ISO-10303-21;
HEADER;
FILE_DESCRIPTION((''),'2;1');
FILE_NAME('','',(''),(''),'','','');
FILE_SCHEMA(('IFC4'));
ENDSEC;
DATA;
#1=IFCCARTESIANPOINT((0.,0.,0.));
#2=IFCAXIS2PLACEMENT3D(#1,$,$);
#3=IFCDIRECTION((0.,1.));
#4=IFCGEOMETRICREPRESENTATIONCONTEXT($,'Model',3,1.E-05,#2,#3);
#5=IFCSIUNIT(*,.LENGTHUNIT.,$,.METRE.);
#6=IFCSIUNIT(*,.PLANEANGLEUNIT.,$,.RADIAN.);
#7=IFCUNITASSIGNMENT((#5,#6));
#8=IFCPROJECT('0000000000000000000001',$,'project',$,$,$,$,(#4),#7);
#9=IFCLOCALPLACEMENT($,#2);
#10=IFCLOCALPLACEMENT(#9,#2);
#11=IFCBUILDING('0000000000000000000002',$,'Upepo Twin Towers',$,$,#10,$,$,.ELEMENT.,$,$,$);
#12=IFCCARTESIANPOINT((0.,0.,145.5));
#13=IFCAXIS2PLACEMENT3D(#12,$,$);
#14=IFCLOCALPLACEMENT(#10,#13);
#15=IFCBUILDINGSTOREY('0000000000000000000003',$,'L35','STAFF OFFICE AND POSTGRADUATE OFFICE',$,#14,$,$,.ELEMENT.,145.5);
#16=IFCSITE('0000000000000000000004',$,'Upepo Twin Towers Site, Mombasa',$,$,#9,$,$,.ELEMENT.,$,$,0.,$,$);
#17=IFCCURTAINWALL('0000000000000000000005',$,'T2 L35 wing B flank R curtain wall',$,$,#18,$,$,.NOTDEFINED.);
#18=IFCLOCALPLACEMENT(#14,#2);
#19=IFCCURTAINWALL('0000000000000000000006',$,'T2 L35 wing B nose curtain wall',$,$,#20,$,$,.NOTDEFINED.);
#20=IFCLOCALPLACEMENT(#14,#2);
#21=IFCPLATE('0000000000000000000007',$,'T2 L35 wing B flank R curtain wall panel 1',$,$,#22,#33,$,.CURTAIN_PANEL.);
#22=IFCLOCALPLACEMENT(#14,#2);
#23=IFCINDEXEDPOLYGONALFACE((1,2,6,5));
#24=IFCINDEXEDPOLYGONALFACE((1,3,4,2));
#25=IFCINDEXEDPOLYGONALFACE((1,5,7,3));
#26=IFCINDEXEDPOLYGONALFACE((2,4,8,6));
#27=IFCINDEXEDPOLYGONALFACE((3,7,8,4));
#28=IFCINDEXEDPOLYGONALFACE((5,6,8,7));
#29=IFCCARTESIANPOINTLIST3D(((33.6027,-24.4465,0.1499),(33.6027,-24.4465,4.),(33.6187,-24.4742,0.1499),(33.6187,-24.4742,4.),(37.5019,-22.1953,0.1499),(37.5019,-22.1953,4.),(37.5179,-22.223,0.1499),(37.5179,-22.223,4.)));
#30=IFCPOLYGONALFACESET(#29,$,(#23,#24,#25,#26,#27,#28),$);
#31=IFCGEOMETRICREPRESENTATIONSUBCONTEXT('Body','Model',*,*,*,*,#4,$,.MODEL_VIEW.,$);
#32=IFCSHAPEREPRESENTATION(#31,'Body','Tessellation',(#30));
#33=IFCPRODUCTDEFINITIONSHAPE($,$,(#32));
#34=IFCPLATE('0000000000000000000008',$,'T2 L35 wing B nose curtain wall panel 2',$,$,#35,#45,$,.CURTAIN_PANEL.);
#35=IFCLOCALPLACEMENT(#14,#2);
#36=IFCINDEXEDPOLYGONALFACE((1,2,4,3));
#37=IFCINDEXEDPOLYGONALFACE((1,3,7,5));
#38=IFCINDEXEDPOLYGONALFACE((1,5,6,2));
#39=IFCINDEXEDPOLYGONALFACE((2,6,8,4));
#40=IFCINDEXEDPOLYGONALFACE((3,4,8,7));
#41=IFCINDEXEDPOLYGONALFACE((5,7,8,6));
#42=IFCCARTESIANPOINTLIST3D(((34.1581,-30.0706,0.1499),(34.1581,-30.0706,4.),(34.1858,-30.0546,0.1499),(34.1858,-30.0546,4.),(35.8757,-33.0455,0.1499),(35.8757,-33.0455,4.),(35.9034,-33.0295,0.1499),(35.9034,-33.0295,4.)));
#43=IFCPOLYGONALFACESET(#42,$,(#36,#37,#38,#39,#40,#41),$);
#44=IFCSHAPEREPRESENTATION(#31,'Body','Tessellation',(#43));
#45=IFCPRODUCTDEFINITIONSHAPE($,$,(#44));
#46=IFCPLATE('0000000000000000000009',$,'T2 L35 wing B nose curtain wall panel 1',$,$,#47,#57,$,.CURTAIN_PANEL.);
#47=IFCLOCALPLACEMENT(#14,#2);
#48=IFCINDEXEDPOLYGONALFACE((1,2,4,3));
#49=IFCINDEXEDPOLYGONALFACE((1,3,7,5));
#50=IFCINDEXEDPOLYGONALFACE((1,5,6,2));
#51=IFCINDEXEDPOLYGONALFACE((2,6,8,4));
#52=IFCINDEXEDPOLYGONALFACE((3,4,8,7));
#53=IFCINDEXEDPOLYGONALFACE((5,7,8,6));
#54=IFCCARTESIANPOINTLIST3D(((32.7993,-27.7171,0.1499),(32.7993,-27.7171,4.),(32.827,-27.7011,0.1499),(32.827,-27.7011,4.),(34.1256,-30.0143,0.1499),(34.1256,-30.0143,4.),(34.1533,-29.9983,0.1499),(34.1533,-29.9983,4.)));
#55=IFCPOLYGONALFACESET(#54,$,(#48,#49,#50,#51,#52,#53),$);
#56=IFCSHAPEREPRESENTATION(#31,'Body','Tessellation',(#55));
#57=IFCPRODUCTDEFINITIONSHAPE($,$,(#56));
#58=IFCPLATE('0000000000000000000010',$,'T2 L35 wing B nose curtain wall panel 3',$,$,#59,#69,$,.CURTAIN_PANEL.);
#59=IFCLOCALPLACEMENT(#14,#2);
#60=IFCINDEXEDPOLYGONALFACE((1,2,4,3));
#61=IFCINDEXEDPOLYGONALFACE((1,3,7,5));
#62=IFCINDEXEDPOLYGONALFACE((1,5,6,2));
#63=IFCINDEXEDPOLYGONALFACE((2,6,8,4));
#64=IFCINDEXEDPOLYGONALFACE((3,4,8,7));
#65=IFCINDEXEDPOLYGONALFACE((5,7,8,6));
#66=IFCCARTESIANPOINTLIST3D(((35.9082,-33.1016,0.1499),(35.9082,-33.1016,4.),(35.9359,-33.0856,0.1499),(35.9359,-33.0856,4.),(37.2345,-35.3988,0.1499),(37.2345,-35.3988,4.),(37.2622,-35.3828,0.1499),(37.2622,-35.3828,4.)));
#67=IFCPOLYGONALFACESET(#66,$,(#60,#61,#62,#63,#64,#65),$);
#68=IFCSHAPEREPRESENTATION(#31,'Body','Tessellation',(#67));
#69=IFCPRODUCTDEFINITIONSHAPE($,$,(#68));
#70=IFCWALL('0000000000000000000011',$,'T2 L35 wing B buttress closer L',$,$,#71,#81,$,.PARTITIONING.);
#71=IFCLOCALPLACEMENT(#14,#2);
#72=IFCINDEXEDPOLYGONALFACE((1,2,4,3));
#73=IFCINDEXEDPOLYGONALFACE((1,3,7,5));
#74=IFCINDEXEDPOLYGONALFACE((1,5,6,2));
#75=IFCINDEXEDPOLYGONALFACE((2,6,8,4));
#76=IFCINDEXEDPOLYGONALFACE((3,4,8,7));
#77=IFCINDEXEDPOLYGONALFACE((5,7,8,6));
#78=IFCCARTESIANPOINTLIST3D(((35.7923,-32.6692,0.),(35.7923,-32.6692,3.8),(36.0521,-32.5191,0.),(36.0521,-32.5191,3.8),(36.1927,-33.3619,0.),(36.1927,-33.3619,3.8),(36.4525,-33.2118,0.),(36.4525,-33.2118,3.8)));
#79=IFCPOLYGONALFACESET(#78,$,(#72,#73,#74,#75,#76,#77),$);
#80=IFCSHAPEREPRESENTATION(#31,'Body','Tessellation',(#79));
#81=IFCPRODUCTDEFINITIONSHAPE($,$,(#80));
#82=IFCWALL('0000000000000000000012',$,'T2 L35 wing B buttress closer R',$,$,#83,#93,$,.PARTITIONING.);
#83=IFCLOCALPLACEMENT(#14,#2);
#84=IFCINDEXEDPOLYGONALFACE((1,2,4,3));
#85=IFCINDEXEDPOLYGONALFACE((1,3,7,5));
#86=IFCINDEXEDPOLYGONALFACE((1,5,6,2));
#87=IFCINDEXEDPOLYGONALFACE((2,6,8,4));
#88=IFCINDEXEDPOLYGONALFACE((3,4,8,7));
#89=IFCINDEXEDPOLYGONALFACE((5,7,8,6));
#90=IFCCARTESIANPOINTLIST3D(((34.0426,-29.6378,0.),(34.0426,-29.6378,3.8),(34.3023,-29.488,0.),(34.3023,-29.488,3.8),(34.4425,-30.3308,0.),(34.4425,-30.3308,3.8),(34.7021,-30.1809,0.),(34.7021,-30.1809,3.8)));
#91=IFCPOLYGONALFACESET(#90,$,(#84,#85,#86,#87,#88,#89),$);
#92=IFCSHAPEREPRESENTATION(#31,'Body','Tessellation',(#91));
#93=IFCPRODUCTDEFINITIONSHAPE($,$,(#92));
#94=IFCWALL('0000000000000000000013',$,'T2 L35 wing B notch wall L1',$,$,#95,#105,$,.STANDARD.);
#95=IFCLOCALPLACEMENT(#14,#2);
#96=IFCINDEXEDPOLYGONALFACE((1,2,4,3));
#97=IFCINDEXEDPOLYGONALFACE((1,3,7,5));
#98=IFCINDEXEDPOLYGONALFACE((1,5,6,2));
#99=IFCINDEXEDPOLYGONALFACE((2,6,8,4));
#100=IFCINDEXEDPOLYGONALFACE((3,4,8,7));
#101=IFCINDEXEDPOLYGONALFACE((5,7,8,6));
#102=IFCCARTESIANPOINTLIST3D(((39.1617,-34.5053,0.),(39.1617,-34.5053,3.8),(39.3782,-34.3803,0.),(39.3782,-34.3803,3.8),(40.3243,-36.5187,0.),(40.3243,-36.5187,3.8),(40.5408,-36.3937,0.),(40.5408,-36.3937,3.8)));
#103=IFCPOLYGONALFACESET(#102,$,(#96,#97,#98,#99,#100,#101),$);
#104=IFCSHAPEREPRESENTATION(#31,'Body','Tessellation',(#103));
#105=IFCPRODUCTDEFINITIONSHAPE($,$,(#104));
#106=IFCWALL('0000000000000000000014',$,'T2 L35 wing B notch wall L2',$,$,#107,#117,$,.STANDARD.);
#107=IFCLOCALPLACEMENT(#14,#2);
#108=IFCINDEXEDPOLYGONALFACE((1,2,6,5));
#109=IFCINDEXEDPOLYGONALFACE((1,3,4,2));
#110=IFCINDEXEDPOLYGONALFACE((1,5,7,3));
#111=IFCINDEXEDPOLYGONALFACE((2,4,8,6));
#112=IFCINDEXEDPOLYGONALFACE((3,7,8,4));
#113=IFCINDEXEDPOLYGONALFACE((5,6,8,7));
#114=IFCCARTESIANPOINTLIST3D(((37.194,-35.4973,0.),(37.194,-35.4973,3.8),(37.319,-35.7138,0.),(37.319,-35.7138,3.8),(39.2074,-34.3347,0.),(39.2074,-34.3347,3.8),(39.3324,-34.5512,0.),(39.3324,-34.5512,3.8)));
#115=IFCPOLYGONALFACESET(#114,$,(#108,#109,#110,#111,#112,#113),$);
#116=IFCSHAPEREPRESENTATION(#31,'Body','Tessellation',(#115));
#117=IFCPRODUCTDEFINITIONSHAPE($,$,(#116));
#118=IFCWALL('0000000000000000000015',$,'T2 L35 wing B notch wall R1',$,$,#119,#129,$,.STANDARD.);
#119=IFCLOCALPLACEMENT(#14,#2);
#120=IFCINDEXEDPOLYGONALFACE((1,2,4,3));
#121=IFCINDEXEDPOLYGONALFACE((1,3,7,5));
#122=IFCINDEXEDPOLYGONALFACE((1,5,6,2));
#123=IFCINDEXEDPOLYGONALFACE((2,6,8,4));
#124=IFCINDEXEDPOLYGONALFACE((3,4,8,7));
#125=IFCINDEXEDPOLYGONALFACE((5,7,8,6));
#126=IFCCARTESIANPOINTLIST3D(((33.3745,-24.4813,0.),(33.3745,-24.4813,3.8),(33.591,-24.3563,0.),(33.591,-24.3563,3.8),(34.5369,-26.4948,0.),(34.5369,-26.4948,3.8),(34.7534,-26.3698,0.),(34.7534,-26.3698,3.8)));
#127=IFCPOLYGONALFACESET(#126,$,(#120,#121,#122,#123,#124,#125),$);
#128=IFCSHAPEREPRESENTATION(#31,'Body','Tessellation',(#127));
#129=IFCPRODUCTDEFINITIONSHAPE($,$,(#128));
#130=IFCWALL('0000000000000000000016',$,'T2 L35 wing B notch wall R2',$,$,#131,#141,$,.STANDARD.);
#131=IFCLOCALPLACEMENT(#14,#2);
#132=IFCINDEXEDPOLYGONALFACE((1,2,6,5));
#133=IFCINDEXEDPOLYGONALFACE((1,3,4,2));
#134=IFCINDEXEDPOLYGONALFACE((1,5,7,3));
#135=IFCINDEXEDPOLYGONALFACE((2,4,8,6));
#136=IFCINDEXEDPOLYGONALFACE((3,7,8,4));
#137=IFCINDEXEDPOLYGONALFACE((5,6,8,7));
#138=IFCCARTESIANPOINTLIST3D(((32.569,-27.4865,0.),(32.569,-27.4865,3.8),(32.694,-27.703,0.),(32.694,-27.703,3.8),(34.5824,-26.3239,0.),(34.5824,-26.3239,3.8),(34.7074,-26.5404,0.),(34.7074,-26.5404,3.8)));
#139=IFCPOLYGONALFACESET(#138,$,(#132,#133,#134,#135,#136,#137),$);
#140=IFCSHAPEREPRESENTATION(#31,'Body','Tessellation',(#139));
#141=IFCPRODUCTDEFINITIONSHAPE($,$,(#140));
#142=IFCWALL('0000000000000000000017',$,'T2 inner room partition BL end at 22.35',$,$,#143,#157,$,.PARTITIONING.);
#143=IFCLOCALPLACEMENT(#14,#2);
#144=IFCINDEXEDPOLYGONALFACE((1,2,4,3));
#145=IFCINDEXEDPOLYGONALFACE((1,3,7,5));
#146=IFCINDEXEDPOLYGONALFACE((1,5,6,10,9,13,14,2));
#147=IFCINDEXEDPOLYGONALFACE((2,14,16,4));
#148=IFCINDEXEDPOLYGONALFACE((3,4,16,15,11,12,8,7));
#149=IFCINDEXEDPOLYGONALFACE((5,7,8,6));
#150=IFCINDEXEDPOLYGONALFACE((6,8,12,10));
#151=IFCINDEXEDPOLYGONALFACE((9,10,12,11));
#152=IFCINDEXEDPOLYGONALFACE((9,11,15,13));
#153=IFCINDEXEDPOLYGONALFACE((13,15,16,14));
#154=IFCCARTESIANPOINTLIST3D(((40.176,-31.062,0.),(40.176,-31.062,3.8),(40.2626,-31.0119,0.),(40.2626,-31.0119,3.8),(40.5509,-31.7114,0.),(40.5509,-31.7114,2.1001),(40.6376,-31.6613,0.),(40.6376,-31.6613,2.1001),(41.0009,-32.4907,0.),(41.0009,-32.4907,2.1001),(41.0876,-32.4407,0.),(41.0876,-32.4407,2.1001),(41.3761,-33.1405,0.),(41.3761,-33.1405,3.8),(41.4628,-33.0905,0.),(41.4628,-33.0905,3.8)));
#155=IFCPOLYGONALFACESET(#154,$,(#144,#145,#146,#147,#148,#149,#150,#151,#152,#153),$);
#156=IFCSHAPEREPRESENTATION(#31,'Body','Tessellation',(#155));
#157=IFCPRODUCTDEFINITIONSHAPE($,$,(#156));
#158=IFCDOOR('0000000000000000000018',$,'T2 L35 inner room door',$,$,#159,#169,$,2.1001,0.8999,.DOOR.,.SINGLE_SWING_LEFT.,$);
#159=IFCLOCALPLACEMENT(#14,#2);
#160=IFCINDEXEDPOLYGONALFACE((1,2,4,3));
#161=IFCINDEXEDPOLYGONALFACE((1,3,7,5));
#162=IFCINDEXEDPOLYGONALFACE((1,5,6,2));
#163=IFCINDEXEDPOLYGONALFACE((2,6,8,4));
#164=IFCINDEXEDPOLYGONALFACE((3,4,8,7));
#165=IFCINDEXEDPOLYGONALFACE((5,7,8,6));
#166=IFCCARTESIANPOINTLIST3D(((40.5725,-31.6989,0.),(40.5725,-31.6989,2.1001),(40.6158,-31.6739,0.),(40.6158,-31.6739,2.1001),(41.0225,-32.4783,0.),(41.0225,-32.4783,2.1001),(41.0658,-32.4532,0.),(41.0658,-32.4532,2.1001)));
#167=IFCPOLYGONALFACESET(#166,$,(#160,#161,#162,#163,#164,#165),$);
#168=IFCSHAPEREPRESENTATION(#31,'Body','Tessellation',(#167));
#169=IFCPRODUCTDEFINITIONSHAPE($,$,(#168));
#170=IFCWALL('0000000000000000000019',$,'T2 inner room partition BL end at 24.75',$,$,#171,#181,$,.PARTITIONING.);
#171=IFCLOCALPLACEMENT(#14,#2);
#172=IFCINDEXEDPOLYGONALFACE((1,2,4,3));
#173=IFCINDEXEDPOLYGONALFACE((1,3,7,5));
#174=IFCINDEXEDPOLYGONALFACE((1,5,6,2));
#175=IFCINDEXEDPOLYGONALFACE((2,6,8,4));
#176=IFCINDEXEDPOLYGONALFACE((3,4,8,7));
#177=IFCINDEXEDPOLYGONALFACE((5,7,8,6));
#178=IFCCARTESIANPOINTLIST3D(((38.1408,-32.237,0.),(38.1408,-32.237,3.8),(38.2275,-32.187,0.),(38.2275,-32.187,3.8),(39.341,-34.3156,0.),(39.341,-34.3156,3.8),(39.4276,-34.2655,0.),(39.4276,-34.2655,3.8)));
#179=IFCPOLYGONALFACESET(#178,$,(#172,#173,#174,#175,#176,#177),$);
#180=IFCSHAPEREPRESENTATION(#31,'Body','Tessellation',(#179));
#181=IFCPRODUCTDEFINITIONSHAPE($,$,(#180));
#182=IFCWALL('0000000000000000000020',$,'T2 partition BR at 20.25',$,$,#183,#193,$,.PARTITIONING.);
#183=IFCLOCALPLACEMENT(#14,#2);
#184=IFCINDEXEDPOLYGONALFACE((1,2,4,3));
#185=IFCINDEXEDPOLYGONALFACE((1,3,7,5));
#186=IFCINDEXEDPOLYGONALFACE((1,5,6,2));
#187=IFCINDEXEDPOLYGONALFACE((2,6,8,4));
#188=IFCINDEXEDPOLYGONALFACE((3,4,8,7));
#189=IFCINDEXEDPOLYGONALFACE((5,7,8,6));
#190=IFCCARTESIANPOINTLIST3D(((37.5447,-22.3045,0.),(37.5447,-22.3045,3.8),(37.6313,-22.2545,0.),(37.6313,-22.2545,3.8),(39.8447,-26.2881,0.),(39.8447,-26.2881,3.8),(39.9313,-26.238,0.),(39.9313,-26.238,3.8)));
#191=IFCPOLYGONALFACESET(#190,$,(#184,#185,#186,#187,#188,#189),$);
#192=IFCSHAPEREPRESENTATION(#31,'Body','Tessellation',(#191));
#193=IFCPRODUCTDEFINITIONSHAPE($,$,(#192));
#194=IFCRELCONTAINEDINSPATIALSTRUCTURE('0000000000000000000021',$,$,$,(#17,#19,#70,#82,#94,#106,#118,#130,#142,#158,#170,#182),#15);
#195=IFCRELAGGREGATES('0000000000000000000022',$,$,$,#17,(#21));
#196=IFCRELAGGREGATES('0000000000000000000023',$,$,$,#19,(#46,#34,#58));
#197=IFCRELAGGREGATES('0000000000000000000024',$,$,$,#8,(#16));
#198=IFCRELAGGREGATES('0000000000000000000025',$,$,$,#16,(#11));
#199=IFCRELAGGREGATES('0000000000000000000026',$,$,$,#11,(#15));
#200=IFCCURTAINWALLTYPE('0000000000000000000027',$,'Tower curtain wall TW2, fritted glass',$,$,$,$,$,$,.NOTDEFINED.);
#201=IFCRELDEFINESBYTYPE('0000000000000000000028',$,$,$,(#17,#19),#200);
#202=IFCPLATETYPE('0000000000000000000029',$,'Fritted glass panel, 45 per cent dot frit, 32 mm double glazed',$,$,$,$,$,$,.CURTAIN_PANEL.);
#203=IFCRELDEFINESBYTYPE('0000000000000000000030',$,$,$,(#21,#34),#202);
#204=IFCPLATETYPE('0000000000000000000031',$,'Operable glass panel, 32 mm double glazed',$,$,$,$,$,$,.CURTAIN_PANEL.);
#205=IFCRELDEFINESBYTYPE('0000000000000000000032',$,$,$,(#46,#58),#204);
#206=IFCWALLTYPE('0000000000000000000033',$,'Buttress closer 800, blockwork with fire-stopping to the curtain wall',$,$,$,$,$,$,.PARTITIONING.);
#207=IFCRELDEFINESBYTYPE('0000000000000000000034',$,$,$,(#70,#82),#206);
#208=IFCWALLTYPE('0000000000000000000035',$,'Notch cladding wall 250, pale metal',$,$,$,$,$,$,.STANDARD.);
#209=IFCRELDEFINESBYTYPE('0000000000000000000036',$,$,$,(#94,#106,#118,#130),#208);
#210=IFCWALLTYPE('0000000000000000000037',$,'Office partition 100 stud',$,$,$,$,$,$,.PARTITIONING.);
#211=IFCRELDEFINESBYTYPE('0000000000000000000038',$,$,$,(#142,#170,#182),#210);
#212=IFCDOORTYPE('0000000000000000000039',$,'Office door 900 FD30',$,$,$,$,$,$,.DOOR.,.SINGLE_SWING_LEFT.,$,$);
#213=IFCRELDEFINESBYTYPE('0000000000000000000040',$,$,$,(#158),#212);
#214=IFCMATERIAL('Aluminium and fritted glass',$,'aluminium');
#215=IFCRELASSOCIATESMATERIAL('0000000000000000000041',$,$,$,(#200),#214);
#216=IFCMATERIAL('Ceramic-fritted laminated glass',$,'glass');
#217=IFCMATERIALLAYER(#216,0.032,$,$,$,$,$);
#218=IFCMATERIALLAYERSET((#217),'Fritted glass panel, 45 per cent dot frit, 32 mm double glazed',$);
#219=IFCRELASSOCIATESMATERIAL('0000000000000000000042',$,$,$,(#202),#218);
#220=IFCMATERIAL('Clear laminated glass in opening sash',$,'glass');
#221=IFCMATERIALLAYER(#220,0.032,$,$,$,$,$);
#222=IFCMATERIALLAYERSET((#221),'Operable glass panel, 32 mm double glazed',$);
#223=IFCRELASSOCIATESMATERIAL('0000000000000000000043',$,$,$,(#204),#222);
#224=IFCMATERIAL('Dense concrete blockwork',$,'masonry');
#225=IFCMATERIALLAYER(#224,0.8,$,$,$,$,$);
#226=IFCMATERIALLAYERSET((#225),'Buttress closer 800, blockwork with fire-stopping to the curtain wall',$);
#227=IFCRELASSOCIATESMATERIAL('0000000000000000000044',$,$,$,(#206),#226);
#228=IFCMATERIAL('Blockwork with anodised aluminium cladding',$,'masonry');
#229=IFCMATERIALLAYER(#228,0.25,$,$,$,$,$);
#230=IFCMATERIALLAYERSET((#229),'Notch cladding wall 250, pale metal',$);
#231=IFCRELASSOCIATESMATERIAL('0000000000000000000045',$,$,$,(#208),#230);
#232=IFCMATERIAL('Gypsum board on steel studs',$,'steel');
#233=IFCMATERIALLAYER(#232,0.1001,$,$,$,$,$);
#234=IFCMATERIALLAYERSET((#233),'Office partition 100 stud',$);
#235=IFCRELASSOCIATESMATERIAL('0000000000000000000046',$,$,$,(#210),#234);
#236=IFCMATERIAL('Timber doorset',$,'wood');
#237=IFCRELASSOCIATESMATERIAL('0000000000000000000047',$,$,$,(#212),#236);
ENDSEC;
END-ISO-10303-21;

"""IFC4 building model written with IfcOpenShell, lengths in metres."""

from ifc_helpers import new_model, si_unit, direction, frame, frame_2d, origin, origin_2d, place, context, subcontext, project, spatial, rectangle, extrude, material, layer, layer_set, type_object, element, fill, aggregate, save


model = new_model("IFC4")

# Units and contexts
model_context = context("Model", 3, precision=1e-05, world=origin(), true_north=direction((0.0, 1.0)))
body_context = subcontext(model_context, "Body", "Model", "MODEL_VIEW")
ifc_project = project(units=[si_unit("LENGTHUNIT", "METRE"), si_unit("PLANEANGLEUNIT", "RADIAN")], contexts=[model_context])

# Site, building, storey
site_placement = place(None, origin())
site = spatial("IfcSite", under=ifc_project, at=site_placement, Name="Upepo Twin Towers Site, Mombasa", CompositionType="ELEMENT", RefElevation=0.0)
building_placement = place(site_placement, origin())
building = spatial("IfcBuilding", under=site, at=building_placement, Name="Upepo Twin Towers", CompositionType="ELEMENT")
storey_placement = place(building_placement, frame((0.0, 0.0, 145.5)))
storey = spatial("IfcBuildingStorey", under=building, at=storey_placement, Name="L35", Description="STAFF OFFICE AND POSTGRADUATE OFFICE", CompositionType="ELEMENT", Elevation=145.5)

# Curtain wall
ifc_material_1 = material(Name="Aluminium and fritted glass", Category="aluminium")
curtain_wall_type = type_object("IfcCurtainWallType", Name="Tower curtain wall TW2, fritted glass", PredefinedType="NOTDEFINED", material=ifc_material_1)
curtain_wall_1_placement = place(storey_placement, origin())
curtain_wall_1 = element("IfcCurtainWall", 1, at=curtain_wall_1_placement, inside=storey, type_object=curtain_wall_type, Name="T2 L35 wing B flank R curtain wall", PredefinedType="NOTDEFINED")

# Curtain wall
curtain_wall_2_placement = place(storey_placement, origin())
curtain_wall_2 = element("IfcCurtainWall", 2, at=curtain_wall_2_placement, inside=storey, type_object=curtain_wall_type, Name="T2 L35 wing B nose curtain wall", PredefinedType="NOTDEFINED")

# Plates
ifc_material_2 = material(Name="Ceramic-fritted laminated glass", Category="glass")
ifc_layer_1 = layer(ifc_material_2, 0.032)
ifc_layer_set_1 = layer_set([ifc_layer_1], Name="Fritted glass panel, 45 per cent dot frit, 32 mm double glazed")
plate_type_1 = type_object("IfcPlateType", Name="Fritted glass panel, 45 per cent dot frit, 32 mm double glazed", PredefinedType="CURTAIN_PANEL", material=ifc_layer_set_1)
plate_1_placement = place(storey_placement, frame((35.5603, -23.3347, 0.1499), z_axis=(0.0, 0.0, 1.0), x_axis=(0.866025, 0.5, 0.0)))
plate_1 = element("IfcPlate", 3, at=plate_1_placement, type_object=plate_type_1, Name="T2 L35 wing B flank R curtain wall panel 1", PredefinedType="CURTAIN_PANEL", context=body_context, shape_type="SweptSolid", body=[
    extrude(rectangle(XDim=4.5024, YDim=0.032, at=origin_2d()), origin(), (0.0, 0.0, 1.0), 3.8501),
])
aggregate(curtain_wall_1, [plate_1])
plate_2_placement = place(storey_placement, frame((35.0308, -31.55, 0.1499), z_axis=(0.0, 0.0, 1.0), x_axis=(0.5, -0.866025, 0.0)))
plate_2 = element("IfcPlate", 4, at=plate_2_placement, type_object=plate_type_1, Name="T2 L35 wing B nose curtain wall panel 2", PredefinedType="CURTAIN_PANEL", context=body_context, shape_type="SweptSolid", body=[
    extrude(rectangle(XDim=3.4351, YDim=0.032, at=origin_2d()), origin(), (0.0, 0.0, 1.0), 3.8501),
])
ifc_material_3 = material(Name="Clear laminated glass in opening sash", Category="glass")
ifc_layer_2 = layer(ifc_material_3, 0.032)
ifc_layer_set_2 = layer_set([ifc_layer_2], Name="Operable glass panel, 32 mm double glazed")
plate_type_2 = type_object("IfcPlateType", Name="Operable glass panel, 32 mm double glazed", PredefinedType="CURTAIN_PANEL", material=ifc_layer_set_2)
plate_3_placement = place(storey_placement, frame((33.4763, -28.8577, 0.1499), z_axis=(0.0, 0.0, 1.0), x_axis=(0.5, -0.866025, 0.0)))
plate_3 = element("IfcPlate", 5, at=plate_3_placement, type_object=plate_type_2, Name="T2 L35 wing B nose curtain wall panel 1", PredefinedType="CURTAIN_PANEL", context=body_context, shape_type="SweptSolid", body=[
    extrude(rectangle(XDim=2.6526, YDim=0.032, at=origin_2d()), origin(), (0.0, 0.0, 1.0), 3.8501),
])
plate_4_placement = place(storey_placement, frame((36.5852, -34.2422, 0.1499), z_axis=(0.0, 0.0, 1.0), x_axis=(0.5, -0.866025, 0.0)))
plate_4 = element("IfcPlate", 6, at=plate_4_placement, type_object=plate_type_2, Name="T2 L35 wing B nose curtain wall panel 3", PredefinedType="CURTAIN_PANEL", context=body_context, shape_type="SweptSolid", body=[
    extrude(rectangle(XDim=2.6526, YDim=0.032, at=origin_2d()), origin(), (0.0, 0.0, 1.0), 3.8501),
])
aggregate(curtain_wall_2, [plate_3, plate_2, plate_4])

# Walls
ifc_material_4 = material(Name="Dense concrete blockwork", Category="masonry")
ifc_layer_3 = layer(ifc_material_4, 0.8)
ifc_layer_set_3 = layer_set([ifc_layer_3], Name="Buttress closer 800, blockwork with fire-stopping to the curtain wall")
wall_type_1 = type_object("IfcWallType", Name="Buttress closer 800, blockwork with fire-stopping to the curtain wall", PredefinedType="PARTITIONING", material=ifc_layer_set_3)
wall_1_placement = place(storey_placement, frame((36.2522, -32.8655, 0.0), z_axis=(0.0, 0.0, 1.0), x_axis=(-0.865779, -0.500427, 0.0)))
element("IfcWall", 7, at=wall_1_placement, inside=storey, type_object=wall_type_1, Name="T2 L35 wing B buttress closer L", PredefinedType="PARTITIONING", context=body_context, shape_type="SweptSolid", body=[
    extrude(rectangle(XDim=0.3, YDim=0.8, at=frame_2d((0.1499, 0.0))), origin(), (0.0, 0.0, 1.0), 3.8),
])
wall_2_placement = place(storey_placement, frame((34.5022, -29.8345, 0.0), z_axis=(0.0, 0.0, 1.0), x_axis=(-0.866131, -0.499816, 0.0)))
element("IfcWall", 8, at=wall_2_placement, inside=storey, type_object=wall_type_1, Name="T2 L35 wing B buttress closer R", PredefinedType="PARTITIONING", context=body_context, shape_type="SweptSolid", body=[
    extrude(rectangle(XDim=0.2998, YDim=0.8, at=frame_2d((0.1499, 0.0))), origin(), (0.0, 0.0, 1.0), 3.8),
])
ifc_material_5 = material(Name="Blockwork with anodised aluminium cladding", Category="masonry")
ifc_layer_4 = layer(ifc_material_5, 0.25)
ifc_layer_set_4 = layer_set([ifc_layer_4], Name="Notch cladding wall 250, pale metal")
wall_type_2 = type_object("IfcWallType", Name="Notch cladding wall 250, pale metal", PredefinedType="STANDARD", material=ifc_layer_set_4)
for number, where, z_axis, x_axis, name in (
    (9, (40.4326, -36.4563, 0.0), (0.0, 0.0, 1.0), (-0.500047, 0.865998, 0.0), "T2 L35 wing B notch wall L1"),
    (10, (39.27, -34.4429, 0.0), (0.0, 0.0, 1.0), (-0.865998, -0.500047, 0.0), "T2 L35 wing B notch wall L2"),
    (11, (33.4827, -24.4187, 0.0), (0.0, 0.0, 1.0), (0.499968, -0.866044, 0.0), "T2 L35 wing B notch wall R1"),
    (12, (34.645, -26.4321, 0.0), (0.0, 0.0, 1.0), (-0.865998, -0.500047, 0.0), "T2 L35 wing B notch wall R2"),
):
    element("IfcWall", number, at=place(storey_placement, frame(where, z_axis=z_axis, x_axis=x_axis)), inside=storey, type_object=wall_type_2, Name=name, PredefinedType="STANDARD", context=body_context, shape_type="SweptSolid", body=[
        extrude(rectangle(XDim=2.325, YDim=0.25, at=frame_2d((1.1626, 0.0))), origin(), (0.0, 0.0, 1.0), 3.8),
    ])

# Wall, opening, door
ifc_material_6 = material(Name="Gypsum board on steel studs", Category="steel")
ifc_layer_5 = layer(ifc_material_6, 0.1001)
ifc_layer_set_5 = layer_set([ifc_layer_5], Name="Office partition 100 stud")
wall_type_3 = type_object("IfcWallType", Name="Office partition 100 stud", PredefinedType="PARTITIONING", material=ifc_layer_set_5)
wall_3_placement = place(storey_placement, frame((40.2192, -31.0369, 0.0), z_axis=(0.0, 0.0, 1.0), x_axis=(0.500034, -0.866006, 0.0)))
wall_3 = element("IfcWall", 13, at=wall_3_placement, inside=storey, type_object=wall_type_3, Name="T2 inner room partition BL end at 22.35", PredefinedType="PARTITIONING", context=body_context, shape_type="SweptSolid", body=[
    extrude(rectangle(XDim=2.4001, YDim=0.1001, at=frame_2d((1.2002, 0.0))), origin(), (0.0, 0.0, 1.0), 3.8),
])
opening_1_placement = place(wall_3_placement, frame((0.75, 0.0, 0.0)))
opening_1 = element("IfcOpeningElement", 14, at=opening_1_placement, cuts=wall_3, PredefinedType="OPENING", context=body_context, shape_type="SweptSolid", body=[
    extrude(rectangle(XDim=0.8999, YDim=2.1001, at=frame_2d((0.45, 1.05))), frame((0.0, 0.0601, 0.0), z_axis=(0.0, -1.0, 0.0), x_axis=(1.0, 0.0, 0.0)), (0.0, 0.0, 1.0), 0.1201),
])
ifc_material_7 = material(Name="Timber doorset", Category="wood")
door_type = type_object("IfcDoorType", Name="Office door 900 FD30", OperationType="SINGLE_SWING_LEFT", PredefinedType="DOOR", material=ifc_material_7)
door_1_placement = place(opening_1_placement, origin())
door_1 = element("IfcDoor", 15, at=door_1_placement, inside=storey, type_object=door_type, Name="T2 L35 inner room door", OperationType="SINGLE_SWING_LEFT", OverallHeight=2.1001, OverallWidth=0.8999, PredefinedType="DOOR", context=body_context, shape_type="SweptSolid", body=[
    extrude(rectangle(XDim=0.8999, YDim=2.1001, at=frame_2d((0.45, 1.05))), frame((0.0, 0.0249, 0.0), z_axis=(0.0, -1.0, 0.0), x_axis=(1.0, 0.0, 0.0)), (0.0, 0.0, 1.0), 0.05),
])
fill(opening_1, door_1)

# Walls
wall_4_placement = place(storey_placement, frame((38.1841, -32.2119, 0.0), z_axis=(0.0, 0.0, 1.0), x_axis=(0.500034, -0.866006, 0.0)))
element("IfcWall", 16, at=wall_4_placement, inside=storey, type_object=wall_type_3, Name="T2 inner room partition BL end at 24.75", PredefinedType="PARTITIONING", context=body_context, shape_type="SweptSolid", body=[
    extrude(rectangle(XDim=2.4001, YDim=0.1001, at=frame_2d((1.2002, 0.0))), origin(), (0.0, 0.0, 1.0), 3.8),
])
wall_5_placement = place(storey_placement, frame((39.8879, -26.2629, 0.0), z_axis=(0.0, 0.0, 1.0), x_axis=(-0.500015, 0.866017, 0.0)))
element("IfcWall", 17, at=wall_5_placement, inside=storey, type_object=wall_type_3, Name="T2 partition BR at 20.25", PredefinedType="PARTITIONING", context=body_context, shape_type="SweptSolid", body=[
    extrude(rectangle(XDim=4.5999, YDim=0.1001, at=frame_2d((2.2998, 0.0))), origin(), (0.0, 0.0, 1.0), 3.8),
])

save(model, "model.ifc")
